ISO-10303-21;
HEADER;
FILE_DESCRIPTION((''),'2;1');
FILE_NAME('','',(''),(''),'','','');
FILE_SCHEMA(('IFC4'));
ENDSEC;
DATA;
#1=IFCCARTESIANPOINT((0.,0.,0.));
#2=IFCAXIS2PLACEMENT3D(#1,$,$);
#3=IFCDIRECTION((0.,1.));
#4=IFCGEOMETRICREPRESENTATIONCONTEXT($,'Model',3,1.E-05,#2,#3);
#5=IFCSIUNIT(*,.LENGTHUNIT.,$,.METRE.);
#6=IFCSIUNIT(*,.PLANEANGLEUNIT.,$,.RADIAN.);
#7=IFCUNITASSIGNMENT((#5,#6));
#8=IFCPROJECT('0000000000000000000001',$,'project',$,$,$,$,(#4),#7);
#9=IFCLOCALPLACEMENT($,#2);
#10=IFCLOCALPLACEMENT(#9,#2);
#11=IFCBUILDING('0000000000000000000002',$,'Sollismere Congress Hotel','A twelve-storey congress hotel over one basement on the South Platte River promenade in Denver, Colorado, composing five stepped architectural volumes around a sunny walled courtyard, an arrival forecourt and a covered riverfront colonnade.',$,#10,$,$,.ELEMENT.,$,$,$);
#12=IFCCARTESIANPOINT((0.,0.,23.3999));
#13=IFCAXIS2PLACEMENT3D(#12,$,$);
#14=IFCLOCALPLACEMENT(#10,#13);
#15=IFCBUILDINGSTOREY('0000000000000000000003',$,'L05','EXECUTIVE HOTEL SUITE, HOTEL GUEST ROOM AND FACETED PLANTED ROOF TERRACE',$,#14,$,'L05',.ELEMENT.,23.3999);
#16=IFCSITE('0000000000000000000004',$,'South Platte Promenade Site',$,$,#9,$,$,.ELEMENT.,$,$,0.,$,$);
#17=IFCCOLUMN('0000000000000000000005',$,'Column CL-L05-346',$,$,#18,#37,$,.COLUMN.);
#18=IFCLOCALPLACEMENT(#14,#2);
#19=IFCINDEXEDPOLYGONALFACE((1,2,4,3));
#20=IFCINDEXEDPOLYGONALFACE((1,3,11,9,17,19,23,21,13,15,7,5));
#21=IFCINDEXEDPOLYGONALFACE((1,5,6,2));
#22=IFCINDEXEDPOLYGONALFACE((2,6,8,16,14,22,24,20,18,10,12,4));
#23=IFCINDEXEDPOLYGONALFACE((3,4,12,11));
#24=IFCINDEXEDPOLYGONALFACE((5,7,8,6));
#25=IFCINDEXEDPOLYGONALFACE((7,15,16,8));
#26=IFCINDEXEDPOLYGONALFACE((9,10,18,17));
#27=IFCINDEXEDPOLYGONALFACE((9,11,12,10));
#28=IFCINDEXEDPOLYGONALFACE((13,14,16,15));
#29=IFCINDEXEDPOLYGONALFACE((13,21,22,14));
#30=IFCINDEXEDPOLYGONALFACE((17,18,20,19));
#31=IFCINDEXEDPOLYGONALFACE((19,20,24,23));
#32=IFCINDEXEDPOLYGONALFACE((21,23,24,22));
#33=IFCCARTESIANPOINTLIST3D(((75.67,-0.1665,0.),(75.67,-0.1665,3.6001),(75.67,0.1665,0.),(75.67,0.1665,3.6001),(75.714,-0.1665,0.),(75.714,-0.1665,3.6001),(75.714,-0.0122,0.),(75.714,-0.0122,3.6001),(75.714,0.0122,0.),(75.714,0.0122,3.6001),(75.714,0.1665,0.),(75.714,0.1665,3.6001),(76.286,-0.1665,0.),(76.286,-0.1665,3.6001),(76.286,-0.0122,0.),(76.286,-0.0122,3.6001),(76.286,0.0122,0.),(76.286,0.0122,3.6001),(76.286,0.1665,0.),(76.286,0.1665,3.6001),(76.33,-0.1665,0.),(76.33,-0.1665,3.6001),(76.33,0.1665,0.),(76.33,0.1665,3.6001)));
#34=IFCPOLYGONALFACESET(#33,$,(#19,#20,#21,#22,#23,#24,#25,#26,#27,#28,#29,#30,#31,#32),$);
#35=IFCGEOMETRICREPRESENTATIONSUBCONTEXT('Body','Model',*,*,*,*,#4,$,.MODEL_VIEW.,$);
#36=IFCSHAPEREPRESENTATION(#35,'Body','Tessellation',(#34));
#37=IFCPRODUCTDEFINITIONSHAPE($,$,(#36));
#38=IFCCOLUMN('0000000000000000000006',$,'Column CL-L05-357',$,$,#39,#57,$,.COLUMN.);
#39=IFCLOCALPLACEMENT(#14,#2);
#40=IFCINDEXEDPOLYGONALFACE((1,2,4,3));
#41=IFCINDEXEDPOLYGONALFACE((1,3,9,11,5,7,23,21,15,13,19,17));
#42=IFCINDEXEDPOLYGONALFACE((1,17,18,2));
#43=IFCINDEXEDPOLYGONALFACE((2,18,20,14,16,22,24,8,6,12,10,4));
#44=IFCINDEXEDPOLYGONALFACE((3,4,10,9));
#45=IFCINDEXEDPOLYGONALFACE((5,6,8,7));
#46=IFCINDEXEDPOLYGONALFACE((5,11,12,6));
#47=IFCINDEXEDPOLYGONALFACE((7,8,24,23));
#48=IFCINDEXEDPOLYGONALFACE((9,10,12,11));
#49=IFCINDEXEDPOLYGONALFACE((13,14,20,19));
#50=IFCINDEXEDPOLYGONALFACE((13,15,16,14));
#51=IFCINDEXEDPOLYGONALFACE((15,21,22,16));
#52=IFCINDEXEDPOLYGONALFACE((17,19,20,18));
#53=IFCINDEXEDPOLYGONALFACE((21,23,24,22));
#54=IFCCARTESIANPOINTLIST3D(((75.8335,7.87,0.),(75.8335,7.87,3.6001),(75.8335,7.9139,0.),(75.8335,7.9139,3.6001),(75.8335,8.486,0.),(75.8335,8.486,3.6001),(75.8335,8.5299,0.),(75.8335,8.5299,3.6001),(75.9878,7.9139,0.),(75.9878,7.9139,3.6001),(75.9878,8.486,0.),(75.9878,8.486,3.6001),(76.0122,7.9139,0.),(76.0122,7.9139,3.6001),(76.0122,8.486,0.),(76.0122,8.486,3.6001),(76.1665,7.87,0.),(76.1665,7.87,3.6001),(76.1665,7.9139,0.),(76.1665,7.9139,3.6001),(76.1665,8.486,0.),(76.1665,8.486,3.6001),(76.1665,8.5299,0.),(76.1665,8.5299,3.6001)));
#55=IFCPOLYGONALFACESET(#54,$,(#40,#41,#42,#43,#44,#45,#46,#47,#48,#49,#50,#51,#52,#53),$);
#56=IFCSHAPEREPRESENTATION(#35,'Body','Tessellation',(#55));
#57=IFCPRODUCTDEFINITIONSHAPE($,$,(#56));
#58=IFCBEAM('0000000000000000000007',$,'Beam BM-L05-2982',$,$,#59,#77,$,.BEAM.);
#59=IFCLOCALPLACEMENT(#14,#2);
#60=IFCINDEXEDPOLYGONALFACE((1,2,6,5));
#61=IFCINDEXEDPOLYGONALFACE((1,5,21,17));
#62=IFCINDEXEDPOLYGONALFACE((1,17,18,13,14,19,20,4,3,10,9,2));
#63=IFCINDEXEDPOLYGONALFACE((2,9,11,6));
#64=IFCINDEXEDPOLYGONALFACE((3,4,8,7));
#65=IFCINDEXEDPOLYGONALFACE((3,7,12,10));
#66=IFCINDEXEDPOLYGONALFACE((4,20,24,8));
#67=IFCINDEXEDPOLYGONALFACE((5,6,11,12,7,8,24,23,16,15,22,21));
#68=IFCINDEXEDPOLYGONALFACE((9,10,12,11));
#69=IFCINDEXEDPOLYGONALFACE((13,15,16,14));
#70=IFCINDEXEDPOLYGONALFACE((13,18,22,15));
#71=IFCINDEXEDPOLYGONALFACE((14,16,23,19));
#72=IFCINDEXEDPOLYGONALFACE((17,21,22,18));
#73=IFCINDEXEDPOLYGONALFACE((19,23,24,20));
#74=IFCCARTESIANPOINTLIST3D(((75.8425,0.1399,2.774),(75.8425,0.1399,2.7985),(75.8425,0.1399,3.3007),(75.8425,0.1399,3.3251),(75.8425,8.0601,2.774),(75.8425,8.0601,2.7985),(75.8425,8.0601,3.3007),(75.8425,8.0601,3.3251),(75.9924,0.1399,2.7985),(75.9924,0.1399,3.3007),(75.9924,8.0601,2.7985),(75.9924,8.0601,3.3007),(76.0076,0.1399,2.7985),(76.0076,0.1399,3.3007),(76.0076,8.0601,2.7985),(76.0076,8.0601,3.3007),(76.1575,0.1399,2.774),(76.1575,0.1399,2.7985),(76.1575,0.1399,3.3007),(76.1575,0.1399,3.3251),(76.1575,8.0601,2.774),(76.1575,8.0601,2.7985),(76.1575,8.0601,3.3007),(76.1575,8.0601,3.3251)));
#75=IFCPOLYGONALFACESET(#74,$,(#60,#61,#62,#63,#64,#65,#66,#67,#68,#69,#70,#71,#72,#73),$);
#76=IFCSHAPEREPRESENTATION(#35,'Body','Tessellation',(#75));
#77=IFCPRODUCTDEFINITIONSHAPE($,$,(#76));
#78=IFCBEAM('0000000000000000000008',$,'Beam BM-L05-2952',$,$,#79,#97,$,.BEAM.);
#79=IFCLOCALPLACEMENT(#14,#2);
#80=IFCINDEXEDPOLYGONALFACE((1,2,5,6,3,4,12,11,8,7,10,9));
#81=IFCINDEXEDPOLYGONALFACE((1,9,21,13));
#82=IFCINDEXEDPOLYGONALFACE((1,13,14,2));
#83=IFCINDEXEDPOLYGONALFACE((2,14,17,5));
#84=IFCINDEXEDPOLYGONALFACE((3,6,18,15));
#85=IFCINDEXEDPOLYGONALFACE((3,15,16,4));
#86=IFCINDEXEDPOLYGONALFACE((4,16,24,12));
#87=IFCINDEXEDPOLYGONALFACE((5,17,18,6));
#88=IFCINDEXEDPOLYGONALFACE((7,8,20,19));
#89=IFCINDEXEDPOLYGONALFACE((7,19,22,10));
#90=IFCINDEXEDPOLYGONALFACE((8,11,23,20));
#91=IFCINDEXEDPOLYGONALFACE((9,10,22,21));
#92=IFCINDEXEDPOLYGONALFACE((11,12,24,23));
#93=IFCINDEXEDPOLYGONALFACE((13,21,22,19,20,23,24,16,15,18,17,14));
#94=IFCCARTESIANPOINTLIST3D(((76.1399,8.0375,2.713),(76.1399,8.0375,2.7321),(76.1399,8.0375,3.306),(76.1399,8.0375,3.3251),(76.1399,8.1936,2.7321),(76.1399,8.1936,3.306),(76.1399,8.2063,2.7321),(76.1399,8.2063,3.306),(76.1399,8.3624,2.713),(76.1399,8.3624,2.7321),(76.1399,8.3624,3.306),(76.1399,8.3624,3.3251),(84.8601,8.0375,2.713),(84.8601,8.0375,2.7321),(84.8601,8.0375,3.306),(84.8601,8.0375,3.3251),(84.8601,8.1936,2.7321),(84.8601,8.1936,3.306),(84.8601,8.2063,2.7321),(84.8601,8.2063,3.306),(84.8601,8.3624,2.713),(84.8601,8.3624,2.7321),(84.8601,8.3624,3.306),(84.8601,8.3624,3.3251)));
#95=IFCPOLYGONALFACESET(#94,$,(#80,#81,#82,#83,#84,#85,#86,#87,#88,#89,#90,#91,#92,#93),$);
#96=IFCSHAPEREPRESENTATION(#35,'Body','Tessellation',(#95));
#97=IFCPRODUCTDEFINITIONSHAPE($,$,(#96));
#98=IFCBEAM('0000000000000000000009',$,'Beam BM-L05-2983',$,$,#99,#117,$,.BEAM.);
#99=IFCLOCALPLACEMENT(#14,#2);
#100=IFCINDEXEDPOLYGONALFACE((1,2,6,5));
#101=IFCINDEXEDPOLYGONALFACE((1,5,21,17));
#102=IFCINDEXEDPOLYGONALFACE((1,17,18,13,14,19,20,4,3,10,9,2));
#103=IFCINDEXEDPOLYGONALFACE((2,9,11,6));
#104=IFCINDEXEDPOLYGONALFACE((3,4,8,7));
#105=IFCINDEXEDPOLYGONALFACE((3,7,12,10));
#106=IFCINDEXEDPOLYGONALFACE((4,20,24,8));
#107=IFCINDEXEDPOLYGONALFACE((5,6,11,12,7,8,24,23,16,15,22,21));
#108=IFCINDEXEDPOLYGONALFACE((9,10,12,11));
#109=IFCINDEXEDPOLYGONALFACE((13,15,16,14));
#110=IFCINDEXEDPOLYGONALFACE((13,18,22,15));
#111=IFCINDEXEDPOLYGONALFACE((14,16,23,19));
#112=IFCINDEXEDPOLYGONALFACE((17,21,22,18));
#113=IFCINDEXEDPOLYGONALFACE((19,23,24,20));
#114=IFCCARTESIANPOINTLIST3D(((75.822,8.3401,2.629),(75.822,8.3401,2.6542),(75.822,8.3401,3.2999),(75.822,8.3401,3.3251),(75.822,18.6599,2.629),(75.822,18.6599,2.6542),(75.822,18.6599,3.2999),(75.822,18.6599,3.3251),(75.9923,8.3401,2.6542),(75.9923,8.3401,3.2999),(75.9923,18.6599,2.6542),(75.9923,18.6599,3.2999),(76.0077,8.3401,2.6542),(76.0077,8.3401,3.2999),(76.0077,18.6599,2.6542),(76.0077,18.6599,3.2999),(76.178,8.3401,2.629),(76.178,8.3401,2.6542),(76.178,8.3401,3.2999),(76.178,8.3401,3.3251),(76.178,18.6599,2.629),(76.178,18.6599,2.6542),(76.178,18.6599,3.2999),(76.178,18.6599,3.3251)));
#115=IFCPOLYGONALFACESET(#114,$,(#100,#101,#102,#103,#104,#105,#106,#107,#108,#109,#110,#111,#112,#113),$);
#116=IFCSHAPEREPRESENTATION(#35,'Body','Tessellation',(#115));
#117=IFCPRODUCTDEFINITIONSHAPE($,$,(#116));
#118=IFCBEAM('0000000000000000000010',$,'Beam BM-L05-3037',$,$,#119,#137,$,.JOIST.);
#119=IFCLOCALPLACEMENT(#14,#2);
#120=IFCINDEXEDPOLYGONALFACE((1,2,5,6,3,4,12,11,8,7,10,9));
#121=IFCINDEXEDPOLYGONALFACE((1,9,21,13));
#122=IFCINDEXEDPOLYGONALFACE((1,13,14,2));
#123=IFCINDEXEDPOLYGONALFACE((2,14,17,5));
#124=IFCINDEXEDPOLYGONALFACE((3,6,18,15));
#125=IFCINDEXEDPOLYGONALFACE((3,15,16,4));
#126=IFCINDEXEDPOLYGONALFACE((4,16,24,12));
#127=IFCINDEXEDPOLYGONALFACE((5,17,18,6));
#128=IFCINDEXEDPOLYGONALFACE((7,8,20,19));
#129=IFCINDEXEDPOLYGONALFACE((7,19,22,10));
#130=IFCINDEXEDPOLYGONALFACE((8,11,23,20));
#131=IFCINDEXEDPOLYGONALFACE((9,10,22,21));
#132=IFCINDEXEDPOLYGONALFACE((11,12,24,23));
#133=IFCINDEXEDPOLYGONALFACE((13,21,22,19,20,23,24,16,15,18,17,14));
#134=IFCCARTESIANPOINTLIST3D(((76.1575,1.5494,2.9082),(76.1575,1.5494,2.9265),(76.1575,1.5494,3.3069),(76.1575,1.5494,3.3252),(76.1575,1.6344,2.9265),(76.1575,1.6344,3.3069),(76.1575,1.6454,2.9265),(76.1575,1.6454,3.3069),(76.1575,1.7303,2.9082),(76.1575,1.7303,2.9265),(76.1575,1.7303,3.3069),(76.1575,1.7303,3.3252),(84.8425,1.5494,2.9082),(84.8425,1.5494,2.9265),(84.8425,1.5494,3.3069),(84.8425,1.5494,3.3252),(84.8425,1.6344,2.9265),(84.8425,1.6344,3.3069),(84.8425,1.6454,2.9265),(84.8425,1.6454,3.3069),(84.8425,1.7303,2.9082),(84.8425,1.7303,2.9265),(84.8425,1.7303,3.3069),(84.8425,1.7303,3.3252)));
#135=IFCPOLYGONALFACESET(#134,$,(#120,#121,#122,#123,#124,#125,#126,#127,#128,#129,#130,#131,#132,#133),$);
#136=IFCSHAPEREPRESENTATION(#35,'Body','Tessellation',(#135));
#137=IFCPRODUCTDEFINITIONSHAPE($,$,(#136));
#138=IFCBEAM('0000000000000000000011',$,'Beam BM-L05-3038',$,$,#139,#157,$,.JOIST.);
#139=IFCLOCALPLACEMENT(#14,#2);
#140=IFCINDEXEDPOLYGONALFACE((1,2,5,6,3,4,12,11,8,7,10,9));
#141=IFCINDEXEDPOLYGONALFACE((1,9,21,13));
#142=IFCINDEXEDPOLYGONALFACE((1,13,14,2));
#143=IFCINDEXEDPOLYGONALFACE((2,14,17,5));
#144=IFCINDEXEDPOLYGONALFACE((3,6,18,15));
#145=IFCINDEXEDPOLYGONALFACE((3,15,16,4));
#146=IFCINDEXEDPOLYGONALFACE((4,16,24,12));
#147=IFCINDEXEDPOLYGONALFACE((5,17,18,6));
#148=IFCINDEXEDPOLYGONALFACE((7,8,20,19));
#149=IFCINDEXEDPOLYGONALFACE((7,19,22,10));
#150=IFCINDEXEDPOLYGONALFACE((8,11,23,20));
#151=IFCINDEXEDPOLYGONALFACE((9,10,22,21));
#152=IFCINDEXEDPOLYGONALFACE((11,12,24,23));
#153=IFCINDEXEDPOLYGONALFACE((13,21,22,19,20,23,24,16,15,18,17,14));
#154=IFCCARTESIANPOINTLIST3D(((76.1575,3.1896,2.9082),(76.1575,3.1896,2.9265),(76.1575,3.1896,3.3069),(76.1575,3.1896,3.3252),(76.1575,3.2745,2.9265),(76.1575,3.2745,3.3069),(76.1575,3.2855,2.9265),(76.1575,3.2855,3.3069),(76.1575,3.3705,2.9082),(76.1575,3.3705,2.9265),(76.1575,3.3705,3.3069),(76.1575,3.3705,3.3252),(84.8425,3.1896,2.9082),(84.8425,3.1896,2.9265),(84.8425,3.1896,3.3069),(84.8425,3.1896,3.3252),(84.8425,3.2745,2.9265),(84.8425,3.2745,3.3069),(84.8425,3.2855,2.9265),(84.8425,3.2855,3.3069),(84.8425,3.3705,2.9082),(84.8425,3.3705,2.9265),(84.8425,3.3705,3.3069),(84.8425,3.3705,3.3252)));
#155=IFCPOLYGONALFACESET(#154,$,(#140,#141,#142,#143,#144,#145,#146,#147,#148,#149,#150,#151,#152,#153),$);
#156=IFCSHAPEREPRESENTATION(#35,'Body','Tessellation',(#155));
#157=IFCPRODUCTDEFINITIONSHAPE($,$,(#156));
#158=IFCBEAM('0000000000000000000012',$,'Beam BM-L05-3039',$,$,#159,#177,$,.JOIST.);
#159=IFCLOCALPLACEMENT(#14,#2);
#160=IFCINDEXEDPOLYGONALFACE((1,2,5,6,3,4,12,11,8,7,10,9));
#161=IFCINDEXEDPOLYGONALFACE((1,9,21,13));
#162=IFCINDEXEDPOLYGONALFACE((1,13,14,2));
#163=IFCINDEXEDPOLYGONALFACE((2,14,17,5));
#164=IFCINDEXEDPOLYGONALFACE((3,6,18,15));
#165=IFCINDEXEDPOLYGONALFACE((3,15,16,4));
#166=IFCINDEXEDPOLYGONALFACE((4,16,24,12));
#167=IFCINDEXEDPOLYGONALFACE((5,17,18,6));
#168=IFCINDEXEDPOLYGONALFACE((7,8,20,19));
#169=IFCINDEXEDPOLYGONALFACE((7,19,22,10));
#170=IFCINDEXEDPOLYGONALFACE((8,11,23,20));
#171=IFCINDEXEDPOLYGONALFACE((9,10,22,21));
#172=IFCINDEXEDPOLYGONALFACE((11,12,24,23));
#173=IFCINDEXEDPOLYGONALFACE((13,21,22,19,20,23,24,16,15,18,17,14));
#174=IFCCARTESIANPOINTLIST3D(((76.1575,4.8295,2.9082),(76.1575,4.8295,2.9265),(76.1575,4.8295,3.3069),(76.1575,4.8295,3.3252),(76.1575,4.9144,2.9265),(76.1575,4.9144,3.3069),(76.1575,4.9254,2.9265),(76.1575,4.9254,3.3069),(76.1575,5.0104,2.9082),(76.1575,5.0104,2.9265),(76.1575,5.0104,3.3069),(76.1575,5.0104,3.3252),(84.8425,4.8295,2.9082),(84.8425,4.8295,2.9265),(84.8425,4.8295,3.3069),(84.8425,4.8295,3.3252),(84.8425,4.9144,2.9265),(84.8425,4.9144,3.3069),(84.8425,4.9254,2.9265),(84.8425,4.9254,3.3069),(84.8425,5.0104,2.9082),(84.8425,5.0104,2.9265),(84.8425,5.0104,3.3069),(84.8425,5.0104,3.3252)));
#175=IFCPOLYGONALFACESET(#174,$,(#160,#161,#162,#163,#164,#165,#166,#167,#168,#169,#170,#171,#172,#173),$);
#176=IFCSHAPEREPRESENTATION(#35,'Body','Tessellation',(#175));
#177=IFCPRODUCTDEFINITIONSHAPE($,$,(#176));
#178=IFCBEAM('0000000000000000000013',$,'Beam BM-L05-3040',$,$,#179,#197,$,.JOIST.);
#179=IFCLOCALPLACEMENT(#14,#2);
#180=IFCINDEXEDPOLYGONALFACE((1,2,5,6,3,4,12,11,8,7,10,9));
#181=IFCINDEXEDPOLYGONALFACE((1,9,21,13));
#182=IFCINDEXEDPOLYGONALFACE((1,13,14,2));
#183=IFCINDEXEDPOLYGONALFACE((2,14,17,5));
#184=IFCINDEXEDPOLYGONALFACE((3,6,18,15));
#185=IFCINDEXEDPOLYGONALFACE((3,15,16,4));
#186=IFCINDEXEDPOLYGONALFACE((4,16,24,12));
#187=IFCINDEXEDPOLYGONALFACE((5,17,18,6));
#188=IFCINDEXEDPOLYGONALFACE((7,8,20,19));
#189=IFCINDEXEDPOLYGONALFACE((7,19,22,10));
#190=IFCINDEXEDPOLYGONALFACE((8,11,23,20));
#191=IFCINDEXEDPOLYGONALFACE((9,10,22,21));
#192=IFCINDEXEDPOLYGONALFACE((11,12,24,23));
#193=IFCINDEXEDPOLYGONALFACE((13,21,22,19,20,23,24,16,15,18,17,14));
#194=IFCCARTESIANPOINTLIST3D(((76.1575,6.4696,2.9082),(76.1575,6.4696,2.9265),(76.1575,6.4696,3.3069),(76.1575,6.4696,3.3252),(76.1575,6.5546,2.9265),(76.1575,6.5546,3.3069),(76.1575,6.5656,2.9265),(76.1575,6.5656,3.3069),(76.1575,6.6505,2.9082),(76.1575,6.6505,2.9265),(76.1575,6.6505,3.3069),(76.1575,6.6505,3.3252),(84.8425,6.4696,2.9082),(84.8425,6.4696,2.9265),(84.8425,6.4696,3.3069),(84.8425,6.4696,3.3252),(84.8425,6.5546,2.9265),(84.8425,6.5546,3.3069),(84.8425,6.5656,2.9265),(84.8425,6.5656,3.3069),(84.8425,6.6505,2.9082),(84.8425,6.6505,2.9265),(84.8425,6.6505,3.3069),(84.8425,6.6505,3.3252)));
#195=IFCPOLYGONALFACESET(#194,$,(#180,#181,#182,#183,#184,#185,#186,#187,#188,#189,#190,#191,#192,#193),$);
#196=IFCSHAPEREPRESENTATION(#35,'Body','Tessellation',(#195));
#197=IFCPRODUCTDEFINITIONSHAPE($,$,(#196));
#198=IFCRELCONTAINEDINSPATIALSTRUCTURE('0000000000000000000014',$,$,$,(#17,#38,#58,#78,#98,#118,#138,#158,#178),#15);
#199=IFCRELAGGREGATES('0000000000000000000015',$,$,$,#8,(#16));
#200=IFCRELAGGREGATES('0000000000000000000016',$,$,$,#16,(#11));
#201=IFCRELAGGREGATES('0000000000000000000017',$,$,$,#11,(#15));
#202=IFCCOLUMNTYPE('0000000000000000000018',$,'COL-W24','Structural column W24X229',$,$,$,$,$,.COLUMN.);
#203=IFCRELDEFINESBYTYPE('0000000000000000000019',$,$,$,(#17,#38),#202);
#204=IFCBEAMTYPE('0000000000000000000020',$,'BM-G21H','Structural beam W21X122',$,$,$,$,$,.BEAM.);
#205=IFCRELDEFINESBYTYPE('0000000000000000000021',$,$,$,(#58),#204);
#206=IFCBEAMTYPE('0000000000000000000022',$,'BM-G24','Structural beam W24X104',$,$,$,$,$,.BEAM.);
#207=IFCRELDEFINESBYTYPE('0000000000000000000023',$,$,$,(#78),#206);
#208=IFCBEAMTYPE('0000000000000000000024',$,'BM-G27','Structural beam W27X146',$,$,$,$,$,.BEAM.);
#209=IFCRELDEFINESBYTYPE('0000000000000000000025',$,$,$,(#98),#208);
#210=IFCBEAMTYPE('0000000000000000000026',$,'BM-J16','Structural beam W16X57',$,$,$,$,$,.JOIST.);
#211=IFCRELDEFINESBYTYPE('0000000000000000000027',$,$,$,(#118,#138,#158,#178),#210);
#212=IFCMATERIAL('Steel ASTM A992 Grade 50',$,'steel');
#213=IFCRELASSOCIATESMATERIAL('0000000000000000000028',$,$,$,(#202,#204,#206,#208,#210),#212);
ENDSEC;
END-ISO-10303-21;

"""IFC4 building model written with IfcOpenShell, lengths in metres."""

from ifc_helpers import new_model, si_unit, direction, frame, origin, origin_2d, place, context, subcontext, project, spatial, i_section, extrude, material, material_profile, profile_set, type_object, element, save


model = new_model("IFC4")

# Units and contexts
model_context = context("Model", 3, precision=1e-05, world=origin(), true_north=direction((0.0, 1.0)))
body_context = subcontext(model_context, "Body", "Model", "MODEL_VIEW")
ifc_project = project(units=[si_unit("LENGTHUNIT", "METRE"), si_unit("PLANEANGLEUNIT", "RADIAN")], contexts=[model_context])

# Site, building, storey
site_placement = place(None, origin())
site = spatial("IfcSite", under=ifc_project, at=site_placement, Name="South Platte Promenade Site", CompositionType="ELEMENT", RefElevation=0.0)
building_placement = place(site_placement, origin())
building = spatial("IfcBuilding", under=site, at=building_placement, Name="Sollismere Congress Hotel", Description="A twelve-storey congress hotel over one basement on the South Platte River promenade in Denver, Colorado, composing five stepped architectural volumes around a sunny walled courtyard, an arrival forecourt and a covered riverfront colonnade.", CompositionType="ELEMENT")
storey_placement = place(building_placement, frame((0.0, 0.0, 23.3999)))
storey = spatial("IfcBuildingStorey", under=building, at=storey_placement, Name="L05", Description="EXECUTIVE HOTEL SUITE, HOTEL GUEST ROOM AND FACETED PLANTED ROOF TERRACE", LongName="L05", CompositionType="ELEMENT", Elevation=23.3999)

# Columns
ifc_material_1 = material(Name="Steel ASTM A992 Grade 50", Category="steel")
ifc_material_profile_1 = material_profile(ifc_material_1, i_section(OverallWidth=0.333, OverallDepth=0.6599, WebThickness=0.0244, FlangeThickness=0.0439, at=origin_2d()), Name="W24X229")
ifc_profile_set_1 = profile_set([ifc_material_profile_1], Name="Steel ASTM A992 Grade 50")
column_type = type_object("IfcColumnType", Name="COL-W24", Description="Structural column W24X229", PredefinedType="COLUMN", material=ifc_profile_set_1)
for number, where, z_axis, x_axis, name in (
    (1, (76.0, 0.0, 0.0), (0.0, 0.0, 1.0), (0.0, 1.0, 0.0), "Column CL-L05-346"),
    (2, (76.0, 8.2, 0.0), (0.0, 0.0, 1.0), (1.0, 0.0, 0.0), "Column CL-L05-357"),
):
    element("IfcColumn", number, at=place(storey_placement, frame(where, z_axis=z_axis, x_axis=x_axis)), inside=storey, type_object=column_type, Name=name, PredefinedType="COLUMN", context=body_context, shape_type="SweptSolid", body=[
        extrude(i_section(OverallWidth=0.333, OverallDepth=0.6599, WebThickness=0.0244, FlangeThickness=0.0439, at=origin_2d()), origin(), (0.0, 0.0, 1.0), 3.6001),
    ])

# Beams
ifc_material_profile_2 = material_profile(ifc_material_1, i_section(OverallWidth=0.3149, OverallDepth=0.551, WebThickness=0.0151, FlangeThickness=0.0244, at=origin_2d()), Name="W21X122")
ifc_profile_set_2 = profile_set([ifc_material_profile_2], Name="Steel ASTM A992 Grade 50")
beam_type_1 = type_object("IfcBeamType", Name="BM-G21H", Description="Structural beam W21X122", PredefinedType="BEAM", material=ifc_profile_set_2)
beam_1_placement = place(storey_placement, frame((76.0, 0.1399, 3.0496), z_axis=(0.0, 1.0, 0.0), x_axis=(-1.0, 0.0, 0.0)))
element("IfcBeam", 3, at=beam_1_placement, inside=storey, type_object=beam_type_1, Name="Beam BM-L05-2982", PredefinedType="BEAM", context=body_context, shape_type="SweptSolid", body=[
    extrude(i_section(OverallWidth=0.3149, OverallDepth=0.551, WebThickness=0.0151, FlangeThickness=0.0244, at=origin_2d()), origin(), (0.0, 0.0, 1.0), 7.9202),
])
ifc_material_profile_3 = material_profile(ifc_material_1, i_section(OverallWidth=0.325, OverallDepth=0.6121, WebThickness=0.0127, FlangeThickness=0.019, at=origin_2d()), Name="W24X104")
ifc_profile_set_3 = profile_set([ifc_material_profile_3], Name="Steel ASTM A992 Grade 50")
beam_type_2 = type_object("IfcBeamType", Name="BM-G24", Description="Structural beam W24X104", PredefinedType="BEAM", material=ifc_profile_set_3)
beam_2_placement = place(storey_placement, frame((76.1399, 8.2, 3.019), z_axis=(1.0, 0.0, 0.0), x_axis=(0.0, 1.0, 0.0)))
element("IfcBeam", 4, at=beam_2_placement, inside=storey, type_object=beam_type_2, Name="Beam BM-L05-2952", PredefinedType="BEAM", context=body_context, shape_type="SweptSolid", body=[
    extrude(i_section(OverallWidth=0.325, OverallDepth=0.6121, WebThickness=0.0127, FlangeThickness=0.019, at=origin_2d()), origin(), (0.0, 0.0, 1.0), 8.7202),
])
ifc_material_profile_4 = material_profile(ifc_material_1, i_section(OverallWidth=0.356, OverallDepth=0.696, WebThickness=0.0154, FlangeThickness=0.0251, at=origin_2d()), Name="W27X146")
ifc_profile_set_4 = profile_set([ifc_material_profile_4], Name="Steel ASTM A992 Grade 50")
beam_type_3 = type_object("IfcBeamType", Name="BM-G27", Description="Structural beam W27X146", PredefinedType="BEAM", material=ifc_profile_set_4)
beam_3_placement = place(storey_placement, frame((76.0, 8.3401, 2.9771), z_axis=(0.0, 1.0, 0.0), x_axis=(-1.0, 0.0, 0.0)))
element("IfcBeam", 5, at=beam_3_placement, inside=storey, type_object=beam_type_3, Name="Beam BM-L05-2983", PredefinedType="BEAM", context=body_context, shape_type="SweptSolid", body=[
    extrude(i_section(OverallWidth=0.356, OverallDepth=0.696, WebThickness=0.0154, FlangeThickness=0.0251, at=origin_2d()), origin(), (0.0, 0.0, 1.0), 10.3198),
])
ifc_material_profile_5 = material_profile(ifc_material_1, i_section(OverallWidth=0.1809, OverallDepth=0.417, WebThickness=0.011, FlangeThickness=0.0183, at=origin_2d()), Name="W16X57")
ifc_profile_set_5 = profile_set([ifc_material_profile_5], Name="Steel ASTM A992 Grade 50")
beam_type_4 = type_object("IfcBeamType", Name="BM-J16", Description="Structural beam W16X57", PredefinedType="JOIST", material=ifc_profile_set_5)
for number, where, z_axis, x_axis, name in (
    (6, (76.1575, 1.6399, 3.1167), (1.0, 0.0, 0.0), (0.0, 1.0, 0.0), "Beam BM-L05-3037"),
    (7, (76.1575, 3.28, 3.1167), (1.0, 0.0, 0.0), (0.0, 1.0, 0.0), "Beam BM-L05-3038"),
    (8, (76.1575, 4.9199, 3.1167), (1.0, 0.0, 0.0), (0.0, 1.0, 0.0), "Beam BM-L05-3039"),
    (9, (76.1575, 6.5601, 3.1167), (1.0, 0.0, 0.0), (0.0, 1.0, 0.0), "Beam BM-L05-3040"),
):
    element("IfcBeam", number, at=place(storey_placement, frame(where, z_axis=z_axis, x_axis=x_axis)), inside=storey, type_object=beam_type_4, Name=name, PredefinedType="JOIST", context=body_context, shape_type="SweptSolid", body=[
        extrude(i_section(OverallWidth=0.1809, OverallDepth=0.417, WebThickness=0.011, FlangeThickness=0.0183, at=origin_2d()), origin(), (0.0, 0.0, 1.0), 8.6851),
    ])

save(model, "model.ifc")
